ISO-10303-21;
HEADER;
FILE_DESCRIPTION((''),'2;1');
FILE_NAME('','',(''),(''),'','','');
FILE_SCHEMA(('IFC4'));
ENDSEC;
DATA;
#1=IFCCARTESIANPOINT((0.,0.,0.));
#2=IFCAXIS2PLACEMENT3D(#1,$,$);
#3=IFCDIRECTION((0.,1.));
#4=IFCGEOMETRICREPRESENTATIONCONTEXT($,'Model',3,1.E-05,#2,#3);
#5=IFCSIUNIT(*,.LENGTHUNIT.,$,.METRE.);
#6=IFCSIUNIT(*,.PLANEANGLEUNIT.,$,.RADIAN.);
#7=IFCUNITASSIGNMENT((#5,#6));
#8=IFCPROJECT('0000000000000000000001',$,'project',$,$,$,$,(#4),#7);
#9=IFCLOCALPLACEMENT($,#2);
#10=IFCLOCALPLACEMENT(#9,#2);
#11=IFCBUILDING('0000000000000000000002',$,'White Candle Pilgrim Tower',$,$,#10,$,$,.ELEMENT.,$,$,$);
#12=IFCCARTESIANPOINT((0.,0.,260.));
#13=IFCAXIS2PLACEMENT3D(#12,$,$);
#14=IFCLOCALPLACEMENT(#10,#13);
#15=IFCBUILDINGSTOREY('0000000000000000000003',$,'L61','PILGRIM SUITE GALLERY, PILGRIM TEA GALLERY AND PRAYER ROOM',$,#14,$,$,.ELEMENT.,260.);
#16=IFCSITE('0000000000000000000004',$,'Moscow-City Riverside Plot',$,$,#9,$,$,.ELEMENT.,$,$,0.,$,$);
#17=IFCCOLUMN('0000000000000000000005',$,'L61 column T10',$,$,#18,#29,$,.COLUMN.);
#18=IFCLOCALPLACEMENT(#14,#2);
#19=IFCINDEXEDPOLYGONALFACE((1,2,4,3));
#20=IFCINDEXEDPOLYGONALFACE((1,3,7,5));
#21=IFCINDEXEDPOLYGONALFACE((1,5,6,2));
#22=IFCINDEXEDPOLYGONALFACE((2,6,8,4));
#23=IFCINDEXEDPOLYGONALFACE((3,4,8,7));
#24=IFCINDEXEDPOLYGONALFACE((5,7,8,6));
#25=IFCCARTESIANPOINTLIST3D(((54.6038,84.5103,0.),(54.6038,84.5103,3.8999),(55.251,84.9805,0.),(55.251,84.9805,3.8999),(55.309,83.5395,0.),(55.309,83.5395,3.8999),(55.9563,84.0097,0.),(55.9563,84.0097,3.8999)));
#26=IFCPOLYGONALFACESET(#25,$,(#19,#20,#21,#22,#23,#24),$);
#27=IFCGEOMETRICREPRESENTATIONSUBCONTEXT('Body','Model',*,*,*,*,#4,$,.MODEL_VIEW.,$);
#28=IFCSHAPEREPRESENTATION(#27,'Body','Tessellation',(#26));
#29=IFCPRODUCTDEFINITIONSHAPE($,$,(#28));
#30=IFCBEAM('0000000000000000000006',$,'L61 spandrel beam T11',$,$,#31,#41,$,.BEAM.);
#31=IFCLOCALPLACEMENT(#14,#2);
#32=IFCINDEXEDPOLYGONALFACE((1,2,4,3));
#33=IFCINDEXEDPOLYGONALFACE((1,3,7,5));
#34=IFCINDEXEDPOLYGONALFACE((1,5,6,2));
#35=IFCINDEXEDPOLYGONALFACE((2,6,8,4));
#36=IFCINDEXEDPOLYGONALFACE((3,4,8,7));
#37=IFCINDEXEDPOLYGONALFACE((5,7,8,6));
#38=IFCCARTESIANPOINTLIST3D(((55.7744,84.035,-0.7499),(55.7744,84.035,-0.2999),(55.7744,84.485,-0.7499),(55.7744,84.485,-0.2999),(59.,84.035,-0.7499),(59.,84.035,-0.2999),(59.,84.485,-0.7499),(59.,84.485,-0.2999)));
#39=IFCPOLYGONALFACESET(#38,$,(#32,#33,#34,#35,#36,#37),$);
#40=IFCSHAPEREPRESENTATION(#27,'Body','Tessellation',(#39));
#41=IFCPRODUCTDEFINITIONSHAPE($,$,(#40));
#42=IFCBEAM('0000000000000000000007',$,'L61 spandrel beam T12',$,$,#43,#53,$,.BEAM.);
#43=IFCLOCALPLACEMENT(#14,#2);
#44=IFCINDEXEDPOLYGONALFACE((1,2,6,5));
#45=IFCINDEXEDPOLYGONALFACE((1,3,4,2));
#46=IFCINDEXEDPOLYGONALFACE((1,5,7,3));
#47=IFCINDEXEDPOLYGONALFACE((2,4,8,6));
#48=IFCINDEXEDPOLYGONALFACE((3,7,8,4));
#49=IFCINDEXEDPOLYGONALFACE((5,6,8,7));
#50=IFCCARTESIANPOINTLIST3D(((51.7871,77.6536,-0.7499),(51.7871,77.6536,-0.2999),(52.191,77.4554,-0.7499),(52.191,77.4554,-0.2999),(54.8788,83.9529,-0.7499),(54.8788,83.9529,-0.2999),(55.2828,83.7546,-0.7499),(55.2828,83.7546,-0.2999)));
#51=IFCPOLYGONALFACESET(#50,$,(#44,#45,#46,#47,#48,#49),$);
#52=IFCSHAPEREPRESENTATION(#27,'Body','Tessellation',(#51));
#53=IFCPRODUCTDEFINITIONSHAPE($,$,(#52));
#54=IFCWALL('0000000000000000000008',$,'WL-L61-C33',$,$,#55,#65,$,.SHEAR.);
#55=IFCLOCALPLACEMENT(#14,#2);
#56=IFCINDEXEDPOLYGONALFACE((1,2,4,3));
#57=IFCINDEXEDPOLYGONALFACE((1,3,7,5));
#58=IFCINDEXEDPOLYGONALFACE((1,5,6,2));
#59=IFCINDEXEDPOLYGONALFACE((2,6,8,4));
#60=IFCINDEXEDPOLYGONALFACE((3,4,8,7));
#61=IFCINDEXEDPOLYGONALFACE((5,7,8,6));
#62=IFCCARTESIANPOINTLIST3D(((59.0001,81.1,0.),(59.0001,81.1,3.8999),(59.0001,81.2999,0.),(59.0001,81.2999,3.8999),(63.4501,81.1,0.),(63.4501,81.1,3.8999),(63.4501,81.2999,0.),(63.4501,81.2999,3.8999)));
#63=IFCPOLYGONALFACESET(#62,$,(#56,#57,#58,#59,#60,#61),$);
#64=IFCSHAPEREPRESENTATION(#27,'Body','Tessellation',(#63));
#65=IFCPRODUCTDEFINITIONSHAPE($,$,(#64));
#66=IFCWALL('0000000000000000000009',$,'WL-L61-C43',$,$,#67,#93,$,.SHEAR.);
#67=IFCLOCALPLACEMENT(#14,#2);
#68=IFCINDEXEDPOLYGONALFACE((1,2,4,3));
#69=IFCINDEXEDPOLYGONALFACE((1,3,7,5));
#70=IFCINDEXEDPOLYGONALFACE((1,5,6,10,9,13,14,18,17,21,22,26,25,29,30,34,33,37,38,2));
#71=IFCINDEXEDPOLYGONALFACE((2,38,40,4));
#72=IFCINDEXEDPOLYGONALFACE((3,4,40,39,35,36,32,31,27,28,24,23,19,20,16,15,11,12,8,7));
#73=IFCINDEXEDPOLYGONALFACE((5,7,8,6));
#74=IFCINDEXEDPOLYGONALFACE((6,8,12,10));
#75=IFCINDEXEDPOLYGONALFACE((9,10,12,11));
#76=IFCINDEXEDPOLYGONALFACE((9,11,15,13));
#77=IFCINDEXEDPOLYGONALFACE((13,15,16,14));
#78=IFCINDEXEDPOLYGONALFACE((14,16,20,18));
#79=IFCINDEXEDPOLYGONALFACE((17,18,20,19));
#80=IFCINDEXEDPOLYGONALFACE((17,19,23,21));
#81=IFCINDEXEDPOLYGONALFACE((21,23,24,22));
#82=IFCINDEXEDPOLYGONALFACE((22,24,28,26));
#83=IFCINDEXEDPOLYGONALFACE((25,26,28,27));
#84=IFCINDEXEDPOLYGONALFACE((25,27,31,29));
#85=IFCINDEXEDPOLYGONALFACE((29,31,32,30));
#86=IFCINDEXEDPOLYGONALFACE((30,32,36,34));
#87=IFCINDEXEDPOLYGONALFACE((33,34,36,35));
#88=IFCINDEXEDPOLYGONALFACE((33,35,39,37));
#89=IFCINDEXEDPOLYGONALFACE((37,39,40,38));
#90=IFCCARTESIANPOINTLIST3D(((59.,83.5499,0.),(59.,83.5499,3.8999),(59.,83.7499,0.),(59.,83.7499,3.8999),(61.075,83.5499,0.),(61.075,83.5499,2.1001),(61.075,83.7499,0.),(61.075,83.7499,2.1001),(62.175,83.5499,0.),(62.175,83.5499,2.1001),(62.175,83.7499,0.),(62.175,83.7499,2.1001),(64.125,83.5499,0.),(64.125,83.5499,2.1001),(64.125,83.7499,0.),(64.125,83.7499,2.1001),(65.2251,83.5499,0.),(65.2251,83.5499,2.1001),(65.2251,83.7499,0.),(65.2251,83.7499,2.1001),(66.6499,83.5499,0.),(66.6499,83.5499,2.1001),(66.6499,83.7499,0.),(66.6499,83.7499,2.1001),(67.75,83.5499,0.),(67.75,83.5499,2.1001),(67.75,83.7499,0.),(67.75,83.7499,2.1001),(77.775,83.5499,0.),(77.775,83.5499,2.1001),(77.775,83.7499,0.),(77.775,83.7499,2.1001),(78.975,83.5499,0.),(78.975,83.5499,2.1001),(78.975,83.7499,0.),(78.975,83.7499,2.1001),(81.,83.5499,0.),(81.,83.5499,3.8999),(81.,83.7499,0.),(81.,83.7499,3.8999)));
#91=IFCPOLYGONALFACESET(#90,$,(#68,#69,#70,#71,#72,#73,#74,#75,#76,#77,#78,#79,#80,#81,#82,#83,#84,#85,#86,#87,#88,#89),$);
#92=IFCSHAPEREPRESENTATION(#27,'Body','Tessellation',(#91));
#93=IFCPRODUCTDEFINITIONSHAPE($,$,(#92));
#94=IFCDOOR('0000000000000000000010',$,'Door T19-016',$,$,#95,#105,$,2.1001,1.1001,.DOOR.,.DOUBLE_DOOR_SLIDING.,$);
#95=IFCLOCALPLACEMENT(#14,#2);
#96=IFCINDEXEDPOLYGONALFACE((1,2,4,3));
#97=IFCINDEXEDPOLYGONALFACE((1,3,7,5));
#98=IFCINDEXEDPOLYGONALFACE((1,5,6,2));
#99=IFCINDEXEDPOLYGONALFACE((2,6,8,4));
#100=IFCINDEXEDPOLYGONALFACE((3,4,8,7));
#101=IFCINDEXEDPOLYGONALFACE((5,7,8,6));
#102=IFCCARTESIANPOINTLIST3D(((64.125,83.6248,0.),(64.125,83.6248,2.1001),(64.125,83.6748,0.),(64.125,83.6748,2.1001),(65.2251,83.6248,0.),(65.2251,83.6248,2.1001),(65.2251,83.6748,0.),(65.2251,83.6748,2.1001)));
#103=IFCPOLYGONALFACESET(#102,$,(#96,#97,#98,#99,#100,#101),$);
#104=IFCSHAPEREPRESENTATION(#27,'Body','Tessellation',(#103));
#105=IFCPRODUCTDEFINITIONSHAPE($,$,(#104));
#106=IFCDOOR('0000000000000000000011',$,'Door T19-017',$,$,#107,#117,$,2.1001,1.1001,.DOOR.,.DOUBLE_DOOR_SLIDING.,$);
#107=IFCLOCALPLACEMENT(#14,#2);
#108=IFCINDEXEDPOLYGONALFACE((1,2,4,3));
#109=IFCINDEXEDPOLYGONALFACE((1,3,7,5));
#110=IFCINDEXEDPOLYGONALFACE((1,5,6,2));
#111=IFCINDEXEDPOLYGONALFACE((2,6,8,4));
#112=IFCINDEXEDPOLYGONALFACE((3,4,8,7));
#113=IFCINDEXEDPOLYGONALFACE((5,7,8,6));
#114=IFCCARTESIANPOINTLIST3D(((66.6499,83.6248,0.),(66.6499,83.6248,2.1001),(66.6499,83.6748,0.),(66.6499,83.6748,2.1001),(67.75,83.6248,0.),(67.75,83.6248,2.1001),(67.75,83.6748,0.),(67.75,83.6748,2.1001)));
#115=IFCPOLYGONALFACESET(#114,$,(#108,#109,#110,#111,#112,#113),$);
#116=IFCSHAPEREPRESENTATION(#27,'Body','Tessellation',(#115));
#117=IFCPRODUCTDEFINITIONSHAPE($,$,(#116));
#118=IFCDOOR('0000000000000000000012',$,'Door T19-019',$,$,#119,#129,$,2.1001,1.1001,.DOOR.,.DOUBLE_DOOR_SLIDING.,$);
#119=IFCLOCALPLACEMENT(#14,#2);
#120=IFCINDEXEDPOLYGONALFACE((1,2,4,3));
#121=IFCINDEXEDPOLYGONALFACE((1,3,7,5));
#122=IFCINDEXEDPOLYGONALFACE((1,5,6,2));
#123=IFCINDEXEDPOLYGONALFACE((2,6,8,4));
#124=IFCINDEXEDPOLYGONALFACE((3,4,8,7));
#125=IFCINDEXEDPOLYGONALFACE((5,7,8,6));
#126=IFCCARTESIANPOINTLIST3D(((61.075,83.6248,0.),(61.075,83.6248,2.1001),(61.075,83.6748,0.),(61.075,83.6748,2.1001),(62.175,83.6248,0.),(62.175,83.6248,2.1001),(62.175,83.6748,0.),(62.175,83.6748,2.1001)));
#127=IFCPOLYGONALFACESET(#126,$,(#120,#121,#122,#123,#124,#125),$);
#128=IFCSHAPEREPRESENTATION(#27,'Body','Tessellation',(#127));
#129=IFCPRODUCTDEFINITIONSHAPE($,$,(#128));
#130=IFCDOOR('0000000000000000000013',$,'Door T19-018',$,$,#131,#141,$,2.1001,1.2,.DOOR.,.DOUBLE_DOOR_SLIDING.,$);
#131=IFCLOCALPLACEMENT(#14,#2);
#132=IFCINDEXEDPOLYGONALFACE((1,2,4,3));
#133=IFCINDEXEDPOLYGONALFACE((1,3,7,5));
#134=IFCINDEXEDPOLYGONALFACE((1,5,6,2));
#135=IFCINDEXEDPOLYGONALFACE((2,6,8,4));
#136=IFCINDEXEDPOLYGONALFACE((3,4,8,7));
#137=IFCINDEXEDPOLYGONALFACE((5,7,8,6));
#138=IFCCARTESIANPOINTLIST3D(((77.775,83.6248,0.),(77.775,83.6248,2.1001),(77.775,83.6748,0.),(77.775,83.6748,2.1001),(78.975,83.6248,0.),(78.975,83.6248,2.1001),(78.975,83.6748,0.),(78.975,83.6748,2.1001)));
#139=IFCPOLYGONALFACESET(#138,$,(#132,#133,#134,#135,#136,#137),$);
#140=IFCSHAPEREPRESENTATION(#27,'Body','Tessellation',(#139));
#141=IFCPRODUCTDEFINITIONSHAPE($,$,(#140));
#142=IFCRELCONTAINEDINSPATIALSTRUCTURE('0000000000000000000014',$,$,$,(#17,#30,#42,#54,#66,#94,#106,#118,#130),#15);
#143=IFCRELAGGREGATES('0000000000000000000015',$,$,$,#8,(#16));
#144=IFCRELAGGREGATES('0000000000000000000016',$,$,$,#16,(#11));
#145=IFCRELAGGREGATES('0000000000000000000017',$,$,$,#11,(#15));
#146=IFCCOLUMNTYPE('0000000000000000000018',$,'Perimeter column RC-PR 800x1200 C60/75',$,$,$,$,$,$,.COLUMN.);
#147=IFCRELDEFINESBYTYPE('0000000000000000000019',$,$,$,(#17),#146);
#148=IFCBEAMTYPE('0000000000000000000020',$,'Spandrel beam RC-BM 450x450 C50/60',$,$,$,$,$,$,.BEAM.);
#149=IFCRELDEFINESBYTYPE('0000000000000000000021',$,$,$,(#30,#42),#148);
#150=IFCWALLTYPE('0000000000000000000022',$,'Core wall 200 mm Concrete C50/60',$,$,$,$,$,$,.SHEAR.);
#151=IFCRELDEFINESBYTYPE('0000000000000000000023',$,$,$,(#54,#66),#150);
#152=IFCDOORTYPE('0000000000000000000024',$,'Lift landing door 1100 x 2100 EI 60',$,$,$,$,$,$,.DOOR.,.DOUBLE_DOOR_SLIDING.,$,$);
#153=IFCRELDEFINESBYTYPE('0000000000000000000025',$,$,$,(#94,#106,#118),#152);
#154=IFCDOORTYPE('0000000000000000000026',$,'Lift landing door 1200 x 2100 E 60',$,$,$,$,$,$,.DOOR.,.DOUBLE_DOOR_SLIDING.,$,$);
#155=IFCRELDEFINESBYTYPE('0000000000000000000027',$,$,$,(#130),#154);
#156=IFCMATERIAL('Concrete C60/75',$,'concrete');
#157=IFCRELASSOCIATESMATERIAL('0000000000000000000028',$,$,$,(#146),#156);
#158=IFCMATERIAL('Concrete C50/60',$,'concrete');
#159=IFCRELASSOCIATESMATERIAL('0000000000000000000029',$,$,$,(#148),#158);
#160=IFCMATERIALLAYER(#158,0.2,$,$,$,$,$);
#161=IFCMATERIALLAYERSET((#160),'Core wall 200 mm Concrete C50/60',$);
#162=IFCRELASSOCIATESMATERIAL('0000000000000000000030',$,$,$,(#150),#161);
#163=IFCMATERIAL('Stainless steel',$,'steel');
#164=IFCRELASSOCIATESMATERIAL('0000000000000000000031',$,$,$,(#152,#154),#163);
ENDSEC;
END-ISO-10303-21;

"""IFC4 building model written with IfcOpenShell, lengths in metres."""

from ifc_helpers import new_model, si_unit, direction, frame, frame_2d, origin, origin_2d, place, context, subcontext, project, spatial, rectangle, extrude, material, layer, layer_set, material_profile, profile_set, type_object, element, fill, save


model = new_model("IFC4")

# Units and contexts
model_context = context("Model", 3, precision=1e-05, world=origin(), true_north=direction((0.0, 1.0)))
body_context = subcontext(model_context, "Body", "Model", "MODEL_VIEW")
ifc_project = project(units=[si_unit("LENGTHUNIT", "METRE"), si_unit("PLANEANGLEUNIT", "RADIAN")], contexts=[model_context])

# Site, building, storey
site_placement = place(None, origin())
site = spatial("IfcSite", under=ifc_project, at=site_placement, Name="Moscow-City Riverside Plot", CompositionType="ELEMENT", RefElevation=0.0)
building_placement = place(site_placement, origin())
building = spatial("IfcBuilding", under=site, at=building_placement, Name="White Candle Pilgrim Tower", CompositionType="ELEMENT")
storey_placement = place(building_placement, frame((0.0, 0.0, 260.0)))
storey = spatial("IfcBuildingStorey", under=building, at=storey_placement, Name="L61", Description="PILGRIM SUITE GALLERY, PILGRIM TEA GALLERY AND PRAYER ROOM", CompositionType="ELEMENT", Elevation=260.0)

# Column
ifc_material_1 = material(Name="Concrete C60/75", Category="concrete")
ifc_material_profile_1 = material_profile(ifc_material_1, rectangle(XDim=0.8, YDim=1.2, at=origin_2d()), Name="RC-PR 800x1200")
ifc_profile_set_1 = profile_set([ifc_material_profile_1], Name="Concrete C60/75")
column_type = type_object("IfcColumnType", Name="Perimeter column RC-PR 800x1200 C60/75", PredefinedType="COLUMN", material=ifc_profile_set_1)
column_placement = place(storey_placement, frame((55.28, 84.26, 0.0), z_axis=(0.0, 0.0, 1.0), x_axis=(0.809027, 0.587771, 0.0)))
element("IfcColumn", 1, at=column_placement, inside=storey, type_object=column_type, Name="L61 column T10", PredefinedType="COLUMN", context=body_context, shape_type="SweptSolid", body=[
    extrude(rectangle(XDim=0.8, YDim=1.2, at=origin_2d()), origin(), (0.0, 0.0, 1.0), 3.8999),
])

# Beams
ifc_material_2 = material(Name="Concrete C50/60", Category="concrete")
ifc_material_profile_2 = material_profile(ifc_material_2, rectangle(XDim=0.45, YDim=0.45, at=origin_2d()), Name="RC-BM 450x450")
ifc_profile_set_2 = profile_set([ifc_material_profile_2], Name="Concrete C50/60")
beam_type = type_object("IfcBeamType", Name="Spandrel beam RC-BM 450x450 C50/60", PredefinedType="BEAM", material=ifc_profile_set_2)
beam_1_placement = place(storey_placement, frame((55.7744, 84.26, -0.5249), z_axis=(1.0, 0.0, 0.0), x_axis=(0.0, 1.0, 0.0)))
element("IfcBeam", 2, at=beam_1_placement, inside=storey, type_object=beam_type, Name="L61 spandrel beam T11", PredefinedType="BEAM", context=body_context, shape_type="SweptSolid", body=[
    extrude(rectangle(XDim=0.45, YDim=0.45, at=origin_2d()), origin(), (0.0, 0.0, 1.0), 3.2256),
])
beam_2_placement = place(storey_placement, frame((55.0808, 83.8538, -0.5249), z_axis=(-0.440605, -0.897701, 0.0), x_axis=(0.897701, -0.440605, 0.0)))
element("IfcBeam", 3, at=beam_2_placement, inside=storey, type_object=beam_type, Name="L61 spandrel beam T12", PredefinedType="BEAM", context=body_context, shape_type="SweptSolid", body=[
    extrude(rectangle(XDim=0.45, YDim=0.45, at=origin_2d()), origin(), (0.0, 0.0, 1.0), 7.0171),
])

# Wall
ifc_layer_1 = layer(ifc_material_2, 0.2)
ifc_layer_set_1 = layer_set([ifc_layer_1], Name="Core wall 200 mm Concrete C50/60")
wall_type_1 = type_object("IfcWallType", Name="Core wall 200 mm Concrete C50/60", PredefinedType="SHEAR", material=ifc_layer_set_1)
wall_1_placement = place(storey_placement, frame((59.0, 81.2, 0.0), z_axis=(0.0, 0.0, 1.0), x_axis=(1.0, 0.0, 0.0)))
element("IfcWall", 4, at=wall_1_placement, inside=storey, type_object=wall_type_1, Name="WL-L61-C33", PredefinedType="SHEAR", context=body_context, shape_type="SweptSolid", body=[
    extrude(rectangle(XDim=4.45, YDim=0.2, at=frame_2d((2.2251, 0.0))), origin(), (0.0, 0.0, 1.0), 3.8999),
])

# Wall, openings, doors
wall_2_placement = place(storey_placement, frame((59.0, 83.6499, 0.0), z_axis=(0.0, 0.0, 1.0), x_axis=(1.0, 0.0, 0.0)))
wall_2 = element("IfcWall", 5, at=wall_2_placement, inside=storey, type_object=wall_type_1, Name="WL-L61-C43", PredefinedType="SHEAR", context=body_context, shape_type="SweptSolid", body=[
    extrude(rectangle(XDim=22.0, YDim=0.2, at=frame_2d((11.0, 0.0))), origin(), (0.0, 0.0, 1.0), 3.8999),
])
opening_1_placement = place(wall_2_placement, frame((5.125, 0.0, 0.0)))
opening_1 = element("IfcOpeningElement", 6, at=opening_1_placement, cuts=wall_2, PredefinedType="OPENING", context=body_context, shape_type="SweptSolid", body=[
    extrude(rectangle(XDim=1.1001, YDim=2.1001, at=frame_2d((0.55, 1.05))), frame((0.0, 0.1099, 0.0), z_axis=(0.0, -1.0, 0.0), x_axis=(1.0, 0.0, 0.0)), (0.0, 0.0, 1.0), 0.22),
])
opening_2_placement = place(wall_2_placement, frame((7.6499, 0.0, 0.0)))
opening_2 = element("IfcOpeningElement", 7, at=opening_2_placement, cuts=wall_2, PredefinedType="OPENING", context=body_context, shape_type="SweptSolid", body=[
    extrude(rectangle(XDim=1.1001, YDim=2.1001, at=frame_2d((0.55, 1.05))), frame((0.0, 0.1099, 0.0), z_axis=(0.0, -1.0, 0.0), x_axis=(1.0, 0.0, 0.0)), (0.0, 0.0, 1.0), 0.22),
])
opening_3_placement = place(wall_2_placement, frame((18.7749, 0.0, 0.0)))
opening_3 = element("IfcOpeningElement", 8, at=opening_3_placement, cuts=wall_2, PredefinedType="OPENING", context=body_context, shape_type="SweptSolid", body=[
    extrude(rectangle(XDim=1.2, YDim=2.1001, at=frame_2d((0.6001, 1.05))), frame((0.0, 0.1099, 0.0), z_axis=(0.0, -1.0, 0.0), x_axis=(1.0, 0.0, 0.0)), (0.0, 0.0, 1.0), 0.22),
])
opening_4_placement = place(wall_2_placement, frame((2.075, 0.0, 0.0)))
opening_4 = element("IfcOpeningElement", 9, at=opening_4_placement, cuts=wall_2, PredefinedType="OPENING", context=body_context, shape_type="SweptSolid", body=[
    extrude(rectangle(XDim=1.1001, YDim=2.1001, at=frame_2d((0.55, 1.05))), frame((0.0, 0.1099, 0.0), z_axis=(0.0, -1.0, 0.0), x_axis=(1.0, 0.0, 0.0)), (0.0, 0.0, 1.0), 0.22),
])
ifc_material_3 = material(Name="Stainless steel", Category="steel")
door_type_1 = type_object("IfcDoorType", Name="Lift landing door 1100 x 2100 EI 60", OperationType="DOUBLE_DOOR_SLIDING", PredefinedType="DOOR", material=ifc_material_3)
door_1_placement = place(opening_1_placement, origin())
door_1 = element("IfcDoor", 10, at=door_1_placement, inside=storey, type_object=door_type_1, Name="Door T19-016", OperationType="DOUBLE_DOOR_SLIDING", OverallHeight=2.1001, OverallWidth=1.1001, PredefinedType="DOOR", context=body_context, shape_type="SweptSolid", body=[
    extrude(rectangle(XDim=1.1001, YDim=2.1001, at=frame_2d((0.55, 1.05))), frame((0.0, 0.0249, 0.0), z_axis=(0.0, -1.0, 0.0), x_axis=(1.0, 0.0, 0.0)), (0.0, 0.0, 1.0), 0.05),
])
fill(opening_1, door_1)
door_2_placement = place(opening_2_placement, origin())
door_2 = element("IfcDoor", 11, at=door_2_placement, inside=storey, type_object=door_type_1, Name="Door T19-017", OperationType="DOUBLE_DOOR_SLIDING", OverallHeight=2.1001, OverallWidth=1.1001, PredefinedType="DOOR", context=body_context, shape_type="SweptSolid", body=[
    extrude(rectangle(XDim=1.1001, YDim=2.1001, at=frame_2d((0.55, 1.05))), frame((0.0, 0.0249, 0.0), z_axis=(0.0, -1.0, 0.0), x_axis=(1.0, 0.0, 0.0)), (0.0, 0.0, 1.0), 0.05),
])
fill(opening_2, door_2)
door_3_placement = place(opening_4_placement, origin())
door_3 = element("IfcDoor", 12, at=door_3_placement, inside=storey, type_object=door_type_1, Name="Door T19-019", OperationType="DOUBLE_DOOR_SLIDING", OverallHeight=2.1001, OverallWidth=1.1001, PredefinedType="DOOR", context=body_context, shape_type="SweptSolid", body=[
    extrude(rectangle(XDim=1.1001, YDim=2.1001, at=frame_2d((0.55, 1.05))), frame((0.0, 0.0249, 0.0), z_axis=(0.0, -1.0, 0.0), x_axis=(1.0, 0.0, 0.0)), (0.0, 0.0, 1.0), 0.05),
])
fill(opening_4, door_3)
door_type_2 = type_object("IfcDoorType", Name="Lift landing door 1200 x 2100 E 60", OperationType="DOUBLE_DOOR_SLIDING", PredefinedType="DOOR", material=ifc_material_3)
door_4_placement = place(opening_3_placement, origin())
door_4 = element("IfcDoor", 13, at=door_4_placement, inside=storey, type_object=door_type_2, Name="Door T19-018", OperationType="DOUBLE_DOOR_SLIDING", OverallHeight=2.1001, OverallWidth=1.2, PredefinedType="DOOR", context=body_context, shape_type="SweptSolid", body=[
    extrude(rectangle(XDim=1.2, YDim=2.1001, at=frame_2d((0.6001, 1.05))), frame((0.0, 0.0249, 0.0), z_axis=(0.0, -1.0, 0.0), x_axis=(1.0, 0.0, 0.0)), (0.0, 0.0, 1.0), 0.05),
])
fill(opening_3, door_4)

save(model, "model.ifc")
